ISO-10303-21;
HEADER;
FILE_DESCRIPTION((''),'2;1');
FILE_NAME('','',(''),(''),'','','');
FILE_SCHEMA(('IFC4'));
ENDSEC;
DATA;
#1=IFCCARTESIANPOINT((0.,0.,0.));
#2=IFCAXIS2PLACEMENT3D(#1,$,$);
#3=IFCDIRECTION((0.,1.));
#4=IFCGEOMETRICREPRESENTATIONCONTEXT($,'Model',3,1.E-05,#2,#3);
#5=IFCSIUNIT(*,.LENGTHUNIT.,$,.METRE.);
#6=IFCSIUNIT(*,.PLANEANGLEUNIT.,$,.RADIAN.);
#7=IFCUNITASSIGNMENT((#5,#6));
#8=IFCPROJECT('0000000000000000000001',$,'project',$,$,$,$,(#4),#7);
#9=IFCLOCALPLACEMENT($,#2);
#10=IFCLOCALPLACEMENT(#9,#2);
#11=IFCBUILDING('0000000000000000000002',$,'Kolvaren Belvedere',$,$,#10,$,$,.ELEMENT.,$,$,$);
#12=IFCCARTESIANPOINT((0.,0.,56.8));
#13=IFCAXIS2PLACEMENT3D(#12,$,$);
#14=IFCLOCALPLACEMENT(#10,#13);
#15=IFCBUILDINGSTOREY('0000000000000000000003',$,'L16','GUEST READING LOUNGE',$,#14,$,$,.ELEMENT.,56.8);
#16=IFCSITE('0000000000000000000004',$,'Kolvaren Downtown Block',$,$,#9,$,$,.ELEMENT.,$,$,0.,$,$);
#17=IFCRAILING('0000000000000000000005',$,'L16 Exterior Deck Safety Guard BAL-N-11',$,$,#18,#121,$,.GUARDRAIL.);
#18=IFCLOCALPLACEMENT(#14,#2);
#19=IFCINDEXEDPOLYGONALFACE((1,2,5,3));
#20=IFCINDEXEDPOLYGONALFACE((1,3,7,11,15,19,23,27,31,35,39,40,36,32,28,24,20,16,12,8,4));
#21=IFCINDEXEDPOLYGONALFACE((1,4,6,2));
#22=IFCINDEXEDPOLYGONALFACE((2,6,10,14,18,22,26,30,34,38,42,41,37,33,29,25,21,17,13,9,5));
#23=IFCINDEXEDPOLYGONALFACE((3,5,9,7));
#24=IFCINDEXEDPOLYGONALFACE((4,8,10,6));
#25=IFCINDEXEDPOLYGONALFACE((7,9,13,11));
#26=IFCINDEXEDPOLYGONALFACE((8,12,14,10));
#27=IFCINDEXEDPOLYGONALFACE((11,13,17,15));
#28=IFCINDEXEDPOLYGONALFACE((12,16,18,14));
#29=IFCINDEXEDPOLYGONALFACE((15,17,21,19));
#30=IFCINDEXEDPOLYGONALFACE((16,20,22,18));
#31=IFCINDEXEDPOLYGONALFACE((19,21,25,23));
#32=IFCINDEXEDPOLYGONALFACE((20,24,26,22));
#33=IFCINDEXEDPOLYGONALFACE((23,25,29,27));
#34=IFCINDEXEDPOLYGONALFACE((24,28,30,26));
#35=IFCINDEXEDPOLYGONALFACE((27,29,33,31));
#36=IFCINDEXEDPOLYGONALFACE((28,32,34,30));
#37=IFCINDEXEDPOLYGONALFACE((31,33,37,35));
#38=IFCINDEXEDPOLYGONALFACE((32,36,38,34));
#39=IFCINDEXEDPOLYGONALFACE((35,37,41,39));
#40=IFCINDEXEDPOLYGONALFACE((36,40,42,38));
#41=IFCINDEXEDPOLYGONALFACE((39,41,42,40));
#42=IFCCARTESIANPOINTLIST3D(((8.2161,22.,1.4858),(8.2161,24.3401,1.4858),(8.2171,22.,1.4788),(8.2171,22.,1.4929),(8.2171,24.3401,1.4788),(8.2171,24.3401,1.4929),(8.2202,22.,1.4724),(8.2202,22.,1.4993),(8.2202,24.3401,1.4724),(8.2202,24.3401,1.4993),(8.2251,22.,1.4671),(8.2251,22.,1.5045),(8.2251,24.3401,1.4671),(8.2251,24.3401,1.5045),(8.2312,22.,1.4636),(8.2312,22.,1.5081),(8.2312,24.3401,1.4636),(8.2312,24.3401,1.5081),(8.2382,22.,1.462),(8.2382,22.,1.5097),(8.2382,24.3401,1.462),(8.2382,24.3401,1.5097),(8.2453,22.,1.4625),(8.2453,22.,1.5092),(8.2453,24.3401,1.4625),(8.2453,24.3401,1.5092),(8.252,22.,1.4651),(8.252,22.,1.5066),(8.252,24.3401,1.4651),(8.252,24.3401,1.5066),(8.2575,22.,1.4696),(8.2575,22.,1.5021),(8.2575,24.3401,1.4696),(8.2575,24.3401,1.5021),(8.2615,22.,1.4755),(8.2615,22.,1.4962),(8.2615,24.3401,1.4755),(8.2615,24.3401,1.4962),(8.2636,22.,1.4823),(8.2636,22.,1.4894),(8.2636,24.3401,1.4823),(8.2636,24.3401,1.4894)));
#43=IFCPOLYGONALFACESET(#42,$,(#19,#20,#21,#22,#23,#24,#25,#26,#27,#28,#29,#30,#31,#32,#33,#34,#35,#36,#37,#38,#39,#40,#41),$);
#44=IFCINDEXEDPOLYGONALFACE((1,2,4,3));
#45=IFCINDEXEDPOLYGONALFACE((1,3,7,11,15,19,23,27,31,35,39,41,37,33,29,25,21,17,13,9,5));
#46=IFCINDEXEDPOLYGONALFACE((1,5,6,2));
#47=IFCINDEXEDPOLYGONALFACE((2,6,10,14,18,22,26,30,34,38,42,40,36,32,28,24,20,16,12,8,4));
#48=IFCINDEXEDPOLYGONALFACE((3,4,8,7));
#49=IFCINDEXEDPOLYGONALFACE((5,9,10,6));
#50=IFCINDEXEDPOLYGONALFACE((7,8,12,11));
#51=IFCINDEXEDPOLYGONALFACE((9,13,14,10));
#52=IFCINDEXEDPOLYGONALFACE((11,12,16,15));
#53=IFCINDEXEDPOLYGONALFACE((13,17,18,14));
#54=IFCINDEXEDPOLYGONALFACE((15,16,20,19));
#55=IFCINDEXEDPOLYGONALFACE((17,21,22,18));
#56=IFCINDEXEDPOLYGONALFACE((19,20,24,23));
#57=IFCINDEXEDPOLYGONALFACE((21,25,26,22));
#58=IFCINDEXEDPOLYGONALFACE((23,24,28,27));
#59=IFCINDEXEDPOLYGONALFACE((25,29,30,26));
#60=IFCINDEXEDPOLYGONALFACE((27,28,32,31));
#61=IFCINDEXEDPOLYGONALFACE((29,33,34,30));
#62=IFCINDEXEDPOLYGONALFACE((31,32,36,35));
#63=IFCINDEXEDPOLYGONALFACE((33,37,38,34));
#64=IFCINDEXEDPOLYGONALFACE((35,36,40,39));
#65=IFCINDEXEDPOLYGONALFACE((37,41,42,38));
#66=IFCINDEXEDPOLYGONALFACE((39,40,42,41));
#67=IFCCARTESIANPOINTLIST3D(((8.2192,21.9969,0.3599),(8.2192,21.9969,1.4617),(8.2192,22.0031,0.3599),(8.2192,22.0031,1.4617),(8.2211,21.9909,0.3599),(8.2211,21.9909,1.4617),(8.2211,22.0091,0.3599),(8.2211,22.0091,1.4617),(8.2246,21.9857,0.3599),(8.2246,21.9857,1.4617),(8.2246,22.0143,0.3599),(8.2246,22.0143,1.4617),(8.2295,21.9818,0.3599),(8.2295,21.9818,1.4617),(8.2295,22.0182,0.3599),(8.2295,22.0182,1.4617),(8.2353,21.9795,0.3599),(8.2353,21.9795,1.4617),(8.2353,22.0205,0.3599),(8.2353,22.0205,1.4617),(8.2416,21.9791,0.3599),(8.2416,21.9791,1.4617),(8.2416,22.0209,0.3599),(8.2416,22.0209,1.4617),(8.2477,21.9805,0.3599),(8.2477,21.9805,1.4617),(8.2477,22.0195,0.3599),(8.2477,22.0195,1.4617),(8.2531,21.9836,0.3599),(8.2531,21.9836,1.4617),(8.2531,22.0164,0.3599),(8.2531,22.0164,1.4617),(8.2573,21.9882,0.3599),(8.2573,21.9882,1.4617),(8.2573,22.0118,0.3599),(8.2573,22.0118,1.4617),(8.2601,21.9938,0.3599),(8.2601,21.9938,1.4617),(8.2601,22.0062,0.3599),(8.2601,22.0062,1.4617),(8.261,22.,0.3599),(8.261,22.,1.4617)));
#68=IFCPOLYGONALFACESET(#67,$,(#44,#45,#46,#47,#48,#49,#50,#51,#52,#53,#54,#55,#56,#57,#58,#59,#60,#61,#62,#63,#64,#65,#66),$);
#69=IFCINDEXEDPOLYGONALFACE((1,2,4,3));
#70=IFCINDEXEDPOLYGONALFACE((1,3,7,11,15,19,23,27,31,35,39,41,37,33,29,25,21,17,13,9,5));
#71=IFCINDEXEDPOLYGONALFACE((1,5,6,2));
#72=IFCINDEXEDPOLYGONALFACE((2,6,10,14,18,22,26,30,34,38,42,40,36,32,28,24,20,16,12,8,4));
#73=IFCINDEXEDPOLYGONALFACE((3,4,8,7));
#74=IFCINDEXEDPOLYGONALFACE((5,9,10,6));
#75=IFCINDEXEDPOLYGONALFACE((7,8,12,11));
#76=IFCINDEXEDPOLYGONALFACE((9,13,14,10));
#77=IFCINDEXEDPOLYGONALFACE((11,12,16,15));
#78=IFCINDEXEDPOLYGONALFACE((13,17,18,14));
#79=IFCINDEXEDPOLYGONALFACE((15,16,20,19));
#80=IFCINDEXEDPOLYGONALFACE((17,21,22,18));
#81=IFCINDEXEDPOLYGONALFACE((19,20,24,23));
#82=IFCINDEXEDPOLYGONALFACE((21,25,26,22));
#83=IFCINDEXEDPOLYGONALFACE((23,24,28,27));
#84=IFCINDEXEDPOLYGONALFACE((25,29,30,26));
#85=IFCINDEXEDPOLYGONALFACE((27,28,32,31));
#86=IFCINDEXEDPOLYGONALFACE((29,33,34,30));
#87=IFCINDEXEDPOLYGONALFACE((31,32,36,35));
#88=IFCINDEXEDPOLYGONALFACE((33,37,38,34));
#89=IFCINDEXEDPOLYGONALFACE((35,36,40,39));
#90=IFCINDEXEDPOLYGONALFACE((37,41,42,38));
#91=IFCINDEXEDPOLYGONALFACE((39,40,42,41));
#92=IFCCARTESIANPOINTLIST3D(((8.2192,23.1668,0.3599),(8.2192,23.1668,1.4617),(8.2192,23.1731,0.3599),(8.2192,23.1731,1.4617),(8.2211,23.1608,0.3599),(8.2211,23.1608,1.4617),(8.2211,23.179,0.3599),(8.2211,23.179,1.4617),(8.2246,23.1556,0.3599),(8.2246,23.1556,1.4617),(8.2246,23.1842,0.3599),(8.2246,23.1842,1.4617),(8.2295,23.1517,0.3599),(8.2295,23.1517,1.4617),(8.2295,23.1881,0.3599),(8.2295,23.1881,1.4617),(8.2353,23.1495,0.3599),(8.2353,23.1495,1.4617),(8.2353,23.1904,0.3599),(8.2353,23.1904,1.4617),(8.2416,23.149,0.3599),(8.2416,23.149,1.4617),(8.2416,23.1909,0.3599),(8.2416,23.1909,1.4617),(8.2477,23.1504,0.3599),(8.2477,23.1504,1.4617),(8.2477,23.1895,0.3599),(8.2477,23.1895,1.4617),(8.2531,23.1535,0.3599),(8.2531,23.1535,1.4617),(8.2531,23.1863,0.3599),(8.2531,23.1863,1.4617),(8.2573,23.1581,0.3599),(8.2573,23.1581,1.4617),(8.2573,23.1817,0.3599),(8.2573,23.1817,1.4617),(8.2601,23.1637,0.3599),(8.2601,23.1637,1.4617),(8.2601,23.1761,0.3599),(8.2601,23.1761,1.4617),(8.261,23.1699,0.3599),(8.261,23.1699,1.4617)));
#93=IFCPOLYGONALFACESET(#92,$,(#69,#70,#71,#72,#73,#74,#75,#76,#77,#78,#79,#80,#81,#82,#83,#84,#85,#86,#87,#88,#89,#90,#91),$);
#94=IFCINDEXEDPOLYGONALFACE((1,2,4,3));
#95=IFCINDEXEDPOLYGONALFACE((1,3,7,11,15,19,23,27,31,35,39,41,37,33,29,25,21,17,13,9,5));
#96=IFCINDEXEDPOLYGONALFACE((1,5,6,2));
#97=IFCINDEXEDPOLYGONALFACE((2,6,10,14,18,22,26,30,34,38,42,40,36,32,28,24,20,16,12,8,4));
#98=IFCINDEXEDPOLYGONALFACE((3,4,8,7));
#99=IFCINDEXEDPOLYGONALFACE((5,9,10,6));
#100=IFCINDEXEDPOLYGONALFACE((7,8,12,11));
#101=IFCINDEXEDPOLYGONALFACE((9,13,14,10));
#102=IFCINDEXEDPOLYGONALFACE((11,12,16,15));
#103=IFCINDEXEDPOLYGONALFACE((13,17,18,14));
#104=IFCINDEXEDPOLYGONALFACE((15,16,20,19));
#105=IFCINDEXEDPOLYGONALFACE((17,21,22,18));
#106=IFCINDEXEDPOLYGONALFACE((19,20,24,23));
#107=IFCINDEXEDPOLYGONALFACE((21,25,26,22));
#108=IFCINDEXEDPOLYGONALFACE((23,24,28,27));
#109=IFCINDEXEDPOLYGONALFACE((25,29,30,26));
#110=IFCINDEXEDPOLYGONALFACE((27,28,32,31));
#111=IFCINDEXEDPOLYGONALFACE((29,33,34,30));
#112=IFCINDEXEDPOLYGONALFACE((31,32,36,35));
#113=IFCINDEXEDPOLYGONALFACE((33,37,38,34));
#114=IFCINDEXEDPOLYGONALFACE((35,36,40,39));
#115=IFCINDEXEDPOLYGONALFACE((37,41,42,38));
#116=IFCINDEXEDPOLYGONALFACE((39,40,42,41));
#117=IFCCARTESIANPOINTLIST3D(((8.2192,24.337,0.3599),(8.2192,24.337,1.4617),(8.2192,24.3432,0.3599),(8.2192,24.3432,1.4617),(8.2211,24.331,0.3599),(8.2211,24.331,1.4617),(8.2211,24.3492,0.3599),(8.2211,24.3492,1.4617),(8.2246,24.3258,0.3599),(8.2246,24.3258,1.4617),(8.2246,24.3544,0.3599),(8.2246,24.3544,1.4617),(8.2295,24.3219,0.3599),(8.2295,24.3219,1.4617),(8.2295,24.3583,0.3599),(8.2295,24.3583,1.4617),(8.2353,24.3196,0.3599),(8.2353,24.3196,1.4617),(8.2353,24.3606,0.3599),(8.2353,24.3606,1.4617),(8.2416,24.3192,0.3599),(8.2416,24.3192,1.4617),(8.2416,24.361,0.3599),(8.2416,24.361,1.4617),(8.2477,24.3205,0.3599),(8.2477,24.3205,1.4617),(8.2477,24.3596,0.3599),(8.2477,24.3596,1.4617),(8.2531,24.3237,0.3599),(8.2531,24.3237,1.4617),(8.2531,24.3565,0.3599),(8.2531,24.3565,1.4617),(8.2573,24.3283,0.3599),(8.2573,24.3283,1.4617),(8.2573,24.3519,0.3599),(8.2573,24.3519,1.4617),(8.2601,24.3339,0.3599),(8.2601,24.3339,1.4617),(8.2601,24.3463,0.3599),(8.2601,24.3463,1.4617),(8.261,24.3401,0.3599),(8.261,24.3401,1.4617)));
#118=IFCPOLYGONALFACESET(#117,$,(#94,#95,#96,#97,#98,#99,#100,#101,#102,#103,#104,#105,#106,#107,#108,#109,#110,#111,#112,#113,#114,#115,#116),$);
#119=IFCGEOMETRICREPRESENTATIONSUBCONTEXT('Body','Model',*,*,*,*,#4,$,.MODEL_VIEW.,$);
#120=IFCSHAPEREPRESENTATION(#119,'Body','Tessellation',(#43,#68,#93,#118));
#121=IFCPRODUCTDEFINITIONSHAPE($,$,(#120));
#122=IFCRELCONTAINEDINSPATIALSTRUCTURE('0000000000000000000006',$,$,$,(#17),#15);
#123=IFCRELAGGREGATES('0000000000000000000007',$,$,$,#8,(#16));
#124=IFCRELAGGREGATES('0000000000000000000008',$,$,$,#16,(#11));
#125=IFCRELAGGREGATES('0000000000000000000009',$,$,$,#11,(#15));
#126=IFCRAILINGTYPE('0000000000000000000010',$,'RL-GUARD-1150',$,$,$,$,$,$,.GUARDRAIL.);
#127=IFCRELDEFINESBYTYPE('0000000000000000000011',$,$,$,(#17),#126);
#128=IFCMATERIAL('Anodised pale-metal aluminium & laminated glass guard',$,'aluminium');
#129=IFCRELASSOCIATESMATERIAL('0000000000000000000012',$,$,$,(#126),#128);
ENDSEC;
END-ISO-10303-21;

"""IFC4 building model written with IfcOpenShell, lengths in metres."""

from ifc_helpers import new_model, si_unit, direction, frame, origin, origin_2d, place, context, subcontext, project, spatial, circle, extrude, material, type_object, element, save


model = new_model("IFC4")

# Units and contexts
model_context = context("Model", 3, precision=1e-05, world=origin(), true_north=direction((0.0, 1.0)))
body_context = subcontext(model_context, "Body", "Model", "MODEL_VIEW")
ifc_project = project(units=[si_unit("LENGTHUNIT", "METRE"), si_unit("PLANEANGLEUNIT", "RADIAN")], contexts=[model_context])

# Site, building, storey
site_placement = place(None, origin())
site = spatial("IfcSite", under=ifc_project, at=site_placement, Name="Kolvaren Downtown Block", CompositionType="ELEMENT", RefElevation=0.0)
building_placement = place(site_placement, origin())
building = spatial("IfcBuilding", under=site, at=building_placement, Name="Kolvaren Belvedere", CompositionType="ELEMENT")
storey_placement = place(building_placement, frame((0.0, 0.0, 56.8)))
storey = spatial("IfcBuildingStorey", under=building, at=storey_placement, Name="L16", Description="GUEST READING LOUNGE", CompositionType="ELEMENT", Elevation=56.8)

# Railing
ifc_material_1 = material(Name="Anodised pale-metal aluminium & laminated glass guard", Category="aluminium")
railing_type = type_object("IfcRailingType", Name="RL-GUARD-1150", PredefinedType="GUARDRAIL", material=ifc_material_1)
railing_1_placement = place(storey_placement, frame((8.24, 22.0, 0.3599)))
element("IfcRailing", 1, at=railing_1_placement, inside=storey, type_object=railing_type, Name="L16 Exterior Deck Safety Guard BAL-N-11", PredefinedType="GUARDRAIL", context=body_context, shape_type="SweptSolid", body=[
    extrude(circle(Radius=0.0239, at=origin_2d()), frame((0.0, 0.0, 1.126), z_axis=(0.0, 1.0, 0.0), x_axis=(-1.0, 0.0, 0.0)), (0.0, 0.0, 1.0), 2.3401),
    extrude(circle(Radius=0.021, at=origin_2d()), origin(), (0.0, 0.0, 1.0), 1.1018),
    extrude(circle(Radius=0.021, at=origin_2d()), frame((0.0, 1.1699, 0.0)), (0.0, 0.0, 1.0), 1.1018),
    extrude(circle(Radius=0.021, at=origin_2d()), frame((0.0, 2.3401, 0.0)), (0.0, 0.0, 1.0), 1.1018),
])

save(model, "model.ifc")
